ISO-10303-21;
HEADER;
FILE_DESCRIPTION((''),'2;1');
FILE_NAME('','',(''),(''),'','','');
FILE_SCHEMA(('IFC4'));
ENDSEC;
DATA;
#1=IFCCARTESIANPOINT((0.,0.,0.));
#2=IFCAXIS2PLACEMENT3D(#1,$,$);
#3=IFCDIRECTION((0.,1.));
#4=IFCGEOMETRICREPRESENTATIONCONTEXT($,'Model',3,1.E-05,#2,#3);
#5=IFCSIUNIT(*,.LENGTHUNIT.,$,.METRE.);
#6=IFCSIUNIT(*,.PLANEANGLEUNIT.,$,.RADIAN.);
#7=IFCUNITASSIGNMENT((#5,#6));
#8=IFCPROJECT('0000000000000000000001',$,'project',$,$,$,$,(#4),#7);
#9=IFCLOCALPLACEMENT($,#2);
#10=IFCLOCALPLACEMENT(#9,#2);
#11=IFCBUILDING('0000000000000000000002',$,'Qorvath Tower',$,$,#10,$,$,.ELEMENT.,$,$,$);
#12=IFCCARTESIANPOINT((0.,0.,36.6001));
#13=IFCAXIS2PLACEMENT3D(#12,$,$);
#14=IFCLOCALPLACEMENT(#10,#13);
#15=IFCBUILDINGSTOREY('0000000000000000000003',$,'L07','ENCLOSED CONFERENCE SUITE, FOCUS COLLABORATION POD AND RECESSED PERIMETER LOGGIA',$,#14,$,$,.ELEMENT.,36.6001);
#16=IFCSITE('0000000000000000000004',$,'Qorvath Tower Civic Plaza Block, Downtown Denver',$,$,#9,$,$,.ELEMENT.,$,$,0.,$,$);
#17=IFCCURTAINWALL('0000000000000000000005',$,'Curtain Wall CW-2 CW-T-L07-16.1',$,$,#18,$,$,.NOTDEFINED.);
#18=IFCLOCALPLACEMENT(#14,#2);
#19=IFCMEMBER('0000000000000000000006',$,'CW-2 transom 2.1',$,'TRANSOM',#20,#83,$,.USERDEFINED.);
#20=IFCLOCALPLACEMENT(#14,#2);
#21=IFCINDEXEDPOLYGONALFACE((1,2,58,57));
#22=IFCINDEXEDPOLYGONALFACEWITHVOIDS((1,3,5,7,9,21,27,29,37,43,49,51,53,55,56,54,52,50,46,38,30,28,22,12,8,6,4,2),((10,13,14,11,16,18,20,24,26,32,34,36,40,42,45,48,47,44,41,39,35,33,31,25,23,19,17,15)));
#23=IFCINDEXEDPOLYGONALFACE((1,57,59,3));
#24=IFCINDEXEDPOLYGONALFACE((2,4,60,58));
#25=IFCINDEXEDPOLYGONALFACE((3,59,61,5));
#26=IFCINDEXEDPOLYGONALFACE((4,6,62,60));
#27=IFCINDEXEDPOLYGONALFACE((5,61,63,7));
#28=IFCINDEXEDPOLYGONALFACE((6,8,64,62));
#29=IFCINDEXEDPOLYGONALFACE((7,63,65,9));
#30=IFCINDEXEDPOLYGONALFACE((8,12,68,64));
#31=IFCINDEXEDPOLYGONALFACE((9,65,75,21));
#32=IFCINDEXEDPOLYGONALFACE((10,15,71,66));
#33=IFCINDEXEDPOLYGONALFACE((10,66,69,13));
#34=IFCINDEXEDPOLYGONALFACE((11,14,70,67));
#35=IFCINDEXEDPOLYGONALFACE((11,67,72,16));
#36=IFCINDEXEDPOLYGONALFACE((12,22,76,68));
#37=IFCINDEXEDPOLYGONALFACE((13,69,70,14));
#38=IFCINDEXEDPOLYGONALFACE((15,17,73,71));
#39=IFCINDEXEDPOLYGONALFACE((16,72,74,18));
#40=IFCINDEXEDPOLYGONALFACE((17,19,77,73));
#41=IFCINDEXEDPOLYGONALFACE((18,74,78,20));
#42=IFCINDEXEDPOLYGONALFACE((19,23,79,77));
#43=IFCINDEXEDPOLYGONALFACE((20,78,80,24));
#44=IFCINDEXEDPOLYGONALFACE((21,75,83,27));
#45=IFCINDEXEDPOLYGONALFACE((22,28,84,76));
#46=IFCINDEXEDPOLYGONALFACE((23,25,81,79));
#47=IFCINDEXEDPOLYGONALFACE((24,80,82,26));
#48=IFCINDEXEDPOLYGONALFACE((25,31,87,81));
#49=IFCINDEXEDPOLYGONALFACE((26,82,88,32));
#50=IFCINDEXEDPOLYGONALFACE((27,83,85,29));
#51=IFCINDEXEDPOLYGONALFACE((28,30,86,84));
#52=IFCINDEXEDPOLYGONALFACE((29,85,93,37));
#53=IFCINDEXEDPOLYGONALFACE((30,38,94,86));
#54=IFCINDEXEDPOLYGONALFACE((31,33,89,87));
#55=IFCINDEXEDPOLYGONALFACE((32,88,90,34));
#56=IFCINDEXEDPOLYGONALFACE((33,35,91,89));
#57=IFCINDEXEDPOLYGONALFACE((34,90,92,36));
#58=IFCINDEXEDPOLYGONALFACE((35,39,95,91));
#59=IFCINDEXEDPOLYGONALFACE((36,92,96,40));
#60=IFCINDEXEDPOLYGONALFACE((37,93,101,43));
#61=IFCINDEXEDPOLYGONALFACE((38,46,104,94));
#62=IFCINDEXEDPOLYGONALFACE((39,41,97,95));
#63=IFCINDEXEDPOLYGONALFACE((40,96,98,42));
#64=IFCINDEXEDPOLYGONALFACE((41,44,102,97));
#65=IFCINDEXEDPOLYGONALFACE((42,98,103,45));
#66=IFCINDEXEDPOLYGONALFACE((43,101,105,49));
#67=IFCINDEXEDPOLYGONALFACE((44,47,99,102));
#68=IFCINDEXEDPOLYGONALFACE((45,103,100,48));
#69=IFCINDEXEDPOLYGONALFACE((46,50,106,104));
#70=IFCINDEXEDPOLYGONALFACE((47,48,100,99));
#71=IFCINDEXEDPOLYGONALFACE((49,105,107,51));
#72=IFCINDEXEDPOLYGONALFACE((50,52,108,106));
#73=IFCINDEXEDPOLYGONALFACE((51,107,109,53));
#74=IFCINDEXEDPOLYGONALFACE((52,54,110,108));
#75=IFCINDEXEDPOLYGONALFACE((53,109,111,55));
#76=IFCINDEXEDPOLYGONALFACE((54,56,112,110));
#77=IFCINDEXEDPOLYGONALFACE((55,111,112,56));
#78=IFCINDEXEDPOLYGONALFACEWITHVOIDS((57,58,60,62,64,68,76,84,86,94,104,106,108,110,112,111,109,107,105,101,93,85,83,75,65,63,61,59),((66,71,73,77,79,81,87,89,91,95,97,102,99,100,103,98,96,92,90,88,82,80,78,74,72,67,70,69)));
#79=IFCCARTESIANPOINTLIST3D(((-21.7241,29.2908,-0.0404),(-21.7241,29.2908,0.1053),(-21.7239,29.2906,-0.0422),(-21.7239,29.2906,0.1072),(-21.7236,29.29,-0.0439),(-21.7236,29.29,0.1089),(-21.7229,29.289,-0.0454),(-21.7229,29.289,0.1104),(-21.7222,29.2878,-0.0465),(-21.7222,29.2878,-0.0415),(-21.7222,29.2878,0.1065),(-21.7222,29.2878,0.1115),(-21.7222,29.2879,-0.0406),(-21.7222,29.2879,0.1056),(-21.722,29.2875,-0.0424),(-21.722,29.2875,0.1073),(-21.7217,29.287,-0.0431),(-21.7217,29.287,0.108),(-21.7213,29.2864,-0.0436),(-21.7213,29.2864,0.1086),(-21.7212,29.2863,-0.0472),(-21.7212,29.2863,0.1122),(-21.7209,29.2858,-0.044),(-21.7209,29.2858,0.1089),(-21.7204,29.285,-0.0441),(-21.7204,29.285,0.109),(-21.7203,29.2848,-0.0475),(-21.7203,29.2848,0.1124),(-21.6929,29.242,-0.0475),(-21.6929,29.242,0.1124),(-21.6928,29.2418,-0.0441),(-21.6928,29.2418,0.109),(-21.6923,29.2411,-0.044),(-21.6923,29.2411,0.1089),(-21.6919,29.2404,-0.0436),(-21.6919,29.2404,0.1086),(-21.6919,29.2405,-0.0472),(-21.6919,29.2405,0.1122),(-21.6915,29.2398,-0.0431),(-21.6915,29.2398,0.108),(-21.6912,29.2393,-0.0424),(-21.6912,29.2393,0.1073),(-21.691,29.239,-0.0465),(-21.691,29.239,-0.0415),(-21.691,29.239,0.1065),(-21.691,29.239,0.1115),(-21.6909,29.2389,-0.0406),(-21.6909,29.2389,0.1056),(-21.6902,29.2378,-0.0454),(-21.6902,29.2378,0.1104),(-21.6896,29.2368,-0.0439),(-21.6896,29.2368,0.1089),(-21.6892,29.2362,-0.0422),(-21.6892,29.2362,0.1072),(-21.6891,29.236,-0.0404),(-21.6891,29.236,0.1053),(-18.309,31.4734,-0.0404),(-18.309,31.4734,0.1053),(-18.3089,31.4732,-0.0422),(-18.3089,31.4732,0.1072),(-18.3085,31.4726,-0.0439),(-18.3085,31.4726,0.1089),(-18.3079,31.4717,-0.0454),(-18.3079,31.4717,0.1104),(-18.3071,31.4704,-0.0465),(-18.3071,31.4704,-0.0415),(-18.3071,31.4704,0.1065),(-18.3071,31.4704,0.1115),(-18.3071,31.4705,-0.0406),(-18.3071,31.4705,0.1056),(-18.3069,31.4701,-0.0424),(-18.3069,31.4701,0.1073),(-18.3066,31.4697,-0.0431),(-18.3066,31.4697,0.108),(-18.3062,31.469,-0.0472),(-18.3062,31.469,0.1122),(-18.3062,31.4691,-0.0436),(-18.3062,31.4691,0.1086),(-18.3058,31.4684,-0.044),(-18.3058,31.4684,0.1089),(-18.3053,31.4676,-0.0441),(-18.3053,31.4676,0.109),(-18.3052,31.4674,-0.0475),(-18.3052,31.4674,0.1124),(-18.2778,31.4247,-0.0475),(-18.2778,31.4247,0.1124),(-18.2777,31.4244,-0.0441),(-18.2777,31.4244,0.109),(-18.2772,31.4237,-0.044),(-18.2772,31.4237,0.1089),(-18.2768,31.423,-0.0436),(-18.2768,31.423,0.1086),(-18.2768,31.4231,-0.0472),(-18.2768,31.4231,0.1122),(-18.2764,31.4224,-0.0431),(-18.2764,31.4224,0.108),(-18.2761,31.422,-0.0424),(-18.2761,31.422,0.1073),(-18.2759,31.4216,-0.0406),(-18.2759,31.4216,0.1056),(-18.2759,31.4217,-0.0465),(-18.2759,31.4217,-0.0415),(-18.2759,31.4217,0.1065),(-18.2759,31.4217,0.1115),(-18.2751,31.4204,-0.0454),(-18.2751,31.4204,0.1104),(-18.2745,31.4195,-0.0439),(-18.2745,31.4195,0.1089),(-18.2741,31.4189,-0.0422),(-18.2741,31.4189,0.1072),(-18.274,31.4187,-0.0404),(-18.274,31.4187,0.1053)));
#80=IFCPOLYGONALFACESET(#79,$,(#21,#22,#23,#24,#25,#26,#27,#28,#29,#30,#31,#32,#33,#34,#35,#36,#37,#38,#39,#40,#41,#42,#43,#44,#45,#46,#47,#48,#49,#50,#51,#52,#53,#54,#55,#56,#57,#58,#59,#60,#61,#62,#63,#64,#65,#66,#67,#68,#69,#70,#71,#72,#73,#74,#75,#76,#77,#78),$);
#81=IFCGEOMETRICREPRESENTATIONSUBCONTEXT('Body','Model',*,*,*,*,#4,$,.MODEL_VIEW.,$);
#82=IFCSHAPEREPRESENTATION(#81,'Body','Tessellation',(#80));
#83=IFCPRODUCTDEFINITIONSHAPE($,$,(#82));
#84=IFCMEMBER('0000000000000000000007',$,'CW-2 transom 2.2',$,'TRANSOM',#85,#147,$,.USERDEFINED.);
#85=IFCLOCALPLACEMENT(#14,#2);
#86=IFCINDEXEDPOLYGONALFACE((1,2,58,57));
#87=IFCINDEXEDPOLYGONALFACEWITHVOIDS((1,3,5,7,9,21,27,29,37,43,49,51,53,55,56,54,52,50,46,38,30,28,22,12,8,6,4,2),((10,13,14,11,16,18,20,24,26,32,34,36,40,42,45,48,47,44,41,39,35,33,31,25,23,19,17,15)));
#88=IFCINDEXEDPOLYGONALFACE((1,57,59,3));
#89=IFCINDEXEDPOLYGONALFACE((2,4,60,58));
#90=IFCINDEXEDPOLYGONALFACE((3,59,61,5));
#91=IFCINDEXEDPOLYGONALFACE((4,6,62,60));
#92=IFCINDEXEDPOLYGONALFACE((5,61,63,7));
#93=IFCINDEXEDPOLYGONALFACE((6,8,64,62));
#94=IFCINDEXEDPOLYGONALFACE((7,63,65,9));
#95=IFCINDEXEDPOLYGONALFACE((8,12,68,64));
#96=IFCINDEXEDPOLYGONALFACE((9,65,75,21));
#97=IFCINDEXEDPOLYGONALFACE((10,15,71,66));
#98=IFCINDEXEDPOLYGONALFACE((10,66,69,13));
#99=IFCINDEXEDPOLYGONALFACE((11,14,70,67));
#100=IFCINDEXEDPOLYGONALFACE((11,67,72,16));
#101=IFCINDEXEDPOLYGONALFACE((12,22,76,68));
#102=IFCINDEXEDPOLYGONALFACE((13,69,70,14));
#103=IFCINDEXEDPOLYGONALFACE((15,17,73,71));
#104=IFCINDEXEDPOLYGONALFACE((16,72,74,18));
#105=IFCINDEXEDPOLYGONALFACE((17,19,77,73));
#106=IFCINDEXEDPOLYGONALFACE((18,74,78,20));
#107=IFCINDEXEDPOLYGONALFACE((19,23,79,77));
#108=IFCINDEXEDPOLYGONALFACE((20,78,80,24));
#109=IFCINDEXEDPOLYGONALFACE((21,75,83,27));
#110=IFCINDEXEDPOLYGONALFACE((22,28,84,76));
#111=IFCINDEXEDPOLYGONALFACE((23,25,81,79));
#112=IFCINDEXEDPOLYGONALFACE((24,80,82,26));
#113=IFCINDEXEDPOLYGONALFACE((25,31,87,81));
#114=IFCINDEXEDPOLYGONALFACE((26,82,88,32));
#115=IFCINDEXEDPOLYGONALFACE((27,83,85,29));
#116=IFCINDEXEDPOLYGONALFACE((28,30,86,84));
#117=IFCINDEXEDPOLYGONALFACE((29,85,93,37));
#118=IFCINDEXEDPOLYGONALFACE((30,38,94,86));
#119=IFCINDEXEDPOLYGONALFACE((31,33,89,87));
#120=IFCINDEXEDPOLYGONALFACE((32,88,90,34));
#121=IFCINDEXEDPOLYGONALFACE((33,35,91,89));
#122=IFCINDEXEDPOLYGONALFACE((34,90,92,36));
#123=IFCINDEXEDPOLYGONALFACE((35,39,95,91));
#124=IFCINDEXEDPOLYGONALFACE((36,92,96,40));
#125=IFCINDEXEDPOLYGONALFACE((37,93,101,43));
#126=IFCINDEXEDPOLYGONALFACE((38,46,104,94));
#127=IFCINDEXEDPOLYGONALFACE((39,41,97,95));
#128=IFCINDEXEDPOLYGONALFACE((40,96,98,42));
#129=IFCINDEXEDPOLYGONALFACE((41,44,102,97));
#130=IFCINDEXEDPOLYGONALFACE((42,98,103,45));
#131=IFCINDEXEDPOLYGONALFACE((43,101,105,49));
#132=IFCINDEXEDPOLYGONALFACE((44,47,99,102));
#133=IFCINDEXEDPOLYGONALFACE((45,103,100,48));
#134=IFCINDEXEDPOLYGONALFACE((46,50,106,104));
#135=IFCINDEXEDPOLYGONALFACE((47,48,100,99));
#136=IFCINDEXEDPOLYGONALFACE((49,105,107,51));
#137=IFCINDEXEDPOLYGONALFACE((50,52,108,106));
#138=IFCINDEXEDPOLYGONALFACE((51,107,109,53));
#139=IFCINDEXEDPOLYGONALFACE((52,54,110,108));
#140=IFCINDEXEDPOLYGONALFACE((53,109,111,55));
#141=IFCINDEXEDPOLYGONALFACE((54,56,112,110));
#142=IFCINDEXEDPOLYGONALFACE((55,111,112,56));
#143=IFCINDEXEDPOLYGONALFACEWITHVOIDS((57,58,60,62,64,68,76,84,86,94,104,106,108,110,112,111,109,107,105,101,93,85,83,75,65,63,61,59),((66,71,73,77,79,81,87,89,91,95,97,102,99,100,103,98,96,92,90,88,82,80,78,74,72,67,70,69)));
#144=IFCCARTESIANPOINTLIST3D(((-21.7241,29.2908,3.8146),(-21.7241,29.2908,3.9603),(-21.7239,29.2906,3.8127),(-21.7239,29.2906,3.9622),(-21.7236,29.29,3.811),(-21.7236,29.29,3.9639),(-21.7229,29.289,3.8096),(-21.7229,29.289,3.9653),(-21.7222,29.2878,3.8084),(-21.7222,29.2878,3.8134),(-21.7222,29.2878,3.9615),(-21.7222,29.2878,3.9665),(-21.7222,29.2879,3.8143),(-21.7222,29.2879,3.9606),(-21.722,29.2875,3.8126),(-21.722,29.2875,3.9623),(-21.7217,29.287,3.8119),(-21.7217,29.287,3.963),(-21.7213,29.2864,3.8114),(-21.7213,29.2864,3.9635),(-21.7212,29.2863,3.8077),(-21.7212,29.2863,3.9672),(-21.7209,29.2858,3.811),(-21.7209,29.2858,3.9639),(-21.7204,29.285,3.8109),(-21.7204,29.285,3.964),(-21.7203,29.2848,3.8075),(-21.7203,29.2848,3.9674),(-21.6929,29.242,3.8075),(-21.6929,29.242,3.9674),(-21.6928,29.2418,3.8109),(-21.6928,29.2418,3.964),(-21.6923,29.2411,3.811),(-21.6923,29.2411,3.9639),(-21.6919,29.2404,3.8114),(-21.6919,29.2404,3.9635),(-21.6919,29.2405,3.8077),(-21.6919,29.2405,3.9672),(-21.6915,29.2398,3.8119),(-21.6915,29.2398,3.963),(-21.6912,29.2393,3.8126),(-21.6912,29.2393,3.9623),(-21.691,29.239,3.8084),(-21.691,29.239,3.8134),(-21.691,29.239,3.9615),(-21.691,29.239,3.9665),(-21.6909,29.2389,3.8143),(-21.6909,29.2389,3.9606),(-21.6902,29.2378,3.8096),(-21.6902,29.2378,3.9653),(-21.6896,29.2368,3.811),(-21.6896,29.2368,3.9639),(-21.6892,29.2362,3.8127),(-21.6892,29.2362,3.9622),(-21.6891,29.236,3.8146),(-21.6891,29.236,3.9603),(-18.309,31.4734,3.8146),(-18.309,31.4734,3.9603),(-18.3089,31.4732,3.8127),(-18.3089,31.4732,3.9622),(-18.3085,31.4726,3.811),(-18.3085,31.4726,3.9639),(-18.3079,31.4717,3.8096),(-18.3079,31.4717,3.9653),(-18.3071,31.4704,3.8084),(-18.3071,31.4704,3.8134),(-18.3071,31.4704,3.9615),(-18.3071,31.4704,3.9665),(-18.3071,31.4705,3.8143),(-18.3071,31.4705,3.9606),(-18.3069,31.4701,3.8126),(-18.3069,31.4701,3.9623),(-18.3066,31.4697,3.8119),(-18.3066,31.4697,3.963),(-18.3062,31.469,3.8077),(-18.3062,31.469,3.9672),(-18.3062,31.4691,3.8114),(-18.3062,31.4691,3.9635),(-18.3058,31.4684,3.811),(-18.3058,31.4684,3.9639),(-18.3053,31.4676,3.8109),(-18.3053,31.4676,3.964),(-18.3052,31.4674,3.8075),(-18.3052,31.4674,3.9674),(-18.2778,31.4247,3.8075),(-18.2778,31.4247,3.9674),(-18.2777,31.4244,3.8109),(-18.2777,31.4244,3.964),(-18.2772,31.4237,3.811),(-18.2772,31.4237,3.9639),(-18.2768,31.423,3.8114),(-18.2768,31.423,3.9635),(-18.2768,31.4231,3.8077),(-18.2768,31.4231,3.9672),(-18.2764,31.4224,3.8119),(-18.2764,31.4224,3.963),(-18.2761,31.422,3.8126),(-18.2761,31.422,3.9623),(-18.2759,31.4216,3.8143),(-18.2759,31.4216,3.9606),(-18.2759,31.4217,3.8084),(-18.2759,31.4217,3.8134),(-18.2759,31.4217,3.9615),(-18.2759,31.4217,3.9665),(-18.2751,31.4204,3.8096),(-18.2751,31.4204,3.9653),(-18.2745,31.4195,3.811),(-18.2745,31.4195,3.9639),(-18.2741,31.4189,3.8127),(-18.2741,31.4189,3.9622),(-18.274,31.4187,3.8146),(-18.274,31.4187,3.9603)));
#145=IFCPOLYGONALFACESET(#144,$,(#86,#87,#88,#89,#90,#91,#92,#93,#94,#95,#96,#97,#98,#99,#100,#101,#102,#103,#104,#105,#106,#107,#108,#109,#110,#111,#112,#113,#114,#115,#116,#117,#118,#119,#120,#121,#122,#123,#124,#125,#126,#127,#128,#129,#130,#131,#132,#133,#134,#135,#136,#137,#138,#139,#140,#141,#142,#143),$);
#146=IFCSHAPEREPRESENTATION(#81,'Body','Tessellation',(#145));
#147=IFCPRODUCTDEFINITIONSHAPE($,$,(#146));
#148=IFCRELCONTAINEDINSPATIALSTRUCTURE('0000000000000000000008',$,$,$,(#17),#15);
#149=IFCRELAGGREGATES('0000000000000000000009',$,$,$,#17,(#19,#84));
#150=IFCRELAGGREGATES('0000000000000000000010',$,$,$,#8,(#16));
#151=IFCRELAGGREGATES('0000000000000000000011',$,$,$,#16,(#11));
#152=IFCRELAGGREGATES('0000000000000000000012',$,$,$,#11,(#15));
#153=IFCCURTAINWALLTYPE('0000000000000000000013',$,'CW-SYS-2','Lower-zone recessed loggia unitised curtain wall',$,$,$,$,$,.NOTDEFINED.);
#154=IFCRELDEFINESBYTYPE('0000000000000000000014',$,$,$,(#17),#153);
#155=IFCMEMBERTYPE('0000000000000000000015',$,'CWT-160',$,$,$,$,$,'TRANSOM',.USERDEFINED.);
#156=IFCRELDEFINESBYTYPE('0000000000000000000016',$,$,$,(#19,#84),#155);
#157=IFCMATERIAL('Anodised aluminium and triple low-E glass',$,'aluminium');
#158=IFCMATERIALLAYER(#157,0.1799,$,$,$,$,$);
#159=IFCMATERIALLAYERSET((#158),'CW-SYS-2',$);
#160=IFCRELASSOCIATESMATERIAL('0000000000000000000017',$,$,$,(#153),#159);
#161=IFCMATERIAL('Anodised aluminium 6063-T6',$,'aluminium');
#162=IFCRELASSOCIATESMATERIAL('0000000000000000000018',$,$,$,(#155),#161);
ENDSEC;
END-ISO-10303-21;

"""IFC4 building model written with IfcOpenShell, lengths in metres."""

from ifc_helpers import new_model, si_unit, direction, frame, origin, origin_2d, place, context, subcontext, project, spatial, hollow_rectangle, extrude, material, layer, layer_set, material_profile, profile_set, type_object, element, aggregate, save


model = new_model("IFC4")

# Units and contexts
model_context = context("Model", 3, precision=1e-05, world=origin(), true_north=direction((0.0, 1.0)))
body_context = subcontext(model_context, "Body", "Model", "MODEL_VIEW")
ifc_project = project(units=[si_unit("LENGTHUNIT", "METRE"), si_unit("PLANEANGLEUNIT", "RADIAN")], contexts=[model_context])

# Site, building, storey
site_placement = place(None, origin())
site = spatial("IfcSite", under=ifc_project, at=site_placement, Name="Qorvath Tower Civic Plaza Block, Downtown Denver", CompositionType="ELEMENT", RefElevation=0.0)
building_placement = place(site_placement, origin())
building = spatial("IfcBuilding", under=site, at=building_placement, Name="Qorvath Tower", CompositionType="ELEMENT")
storey_placement = place(building_placement, frame((0.0, 0.0, 36.6001)))
storey = spatial("IfcBuildingStorey", under=building, at=storey_placement, Name="L07", Description="ENCLOSED CONFERENCE SUITE, FOCUS COLLABORATION POD AND RECESSED PERIMETER LOGGIA", CompositionType="ELEMENT", Elevation=36.6001)

# Shared definitions
ifc_material_1 = material(Name="Anodised aluminium and triple low-E glass", Category="aluminium")
ifc_layer_1 = layer(ifc_material_1, 0.1799)
ifc_layer_set_1 = layer_set([ifc_layer_1], Name="CW-SYS-2")
curtain_wall_type = type_object("IfcCurtainWallType", Name="CW-SYS-2", Description="Lower-zone recessed loggia unitised curtain wall", PredefinedType="NOTDEFINED", material=ifc_layer_set_1)

# Curtain wall, members
curtain_wall_1_placement = place(storey_placement, origin())
curtain_wall_1 = element("IfcCurtainWall", 1, at=curtain_wall_1_placement, inside=storey, type_object=curtain_wall_type, Name="Curtain Wall CW-2 CW-T-L07-16.1", PredefinedType="NOTDEFINED")
ifc_material_2 = material(Name="Anodised aluminium 6063-T6", Category="aluminium")
ifc_material_profile_1 = material_profile(ifc_material_2, hollow_rectangle(XDim=0.0649, YDim=0.1599, WallThickness=0.0034, InnerFilletRadius=0.0034, OuterFilletRadius=0.0071, at=origin_2d()), Name="CWT 160x65")
ifc_profile_set_1 = profile_set([ifc_material_profile_1], Name="Anodised aluminium 6063-T6")
member_type_1 = type_object("IfcMemberType", Name="CWT-160", ElementType="TRANSOM", PredefinedType="USERDEFINED", material=ifc_profile_set_1)
member_1_placement = place(storey_placement, frame((-18.2915, 31.446, 0.0325), z_axis=(-0.842608, -0.538527, 0.0), x_axis=(0.538527, -0.842608, 0.0)))
member_1 = element("IfcMember", 2, at=member_1_placement, type_object=member_type_1, Name="CW-2 transom 2.1", ObjectType="TRANSOM", PredefinedType="USERDEFINED", context=body_context, shape_type="SweptSolid", body=[
    extrude(hollow_rectangle(XDim=0.0649, YDim=0.1599, WallThickness=0.0034, InnerFilletRadius=0.0034, OuterFilletRadius=0.0071, at=origin_2d()), origin(), (0.0, 0.0, 1.0), 4.053),
])
member_2_placement = place(storey_placement, frame((-18.2915, 31.446, 3.8875), z_axis=(-0.842608, -0.538527, 0.0), x_axis=(0.538527, -0.842608, 0.0)))
member_2 = element("IfcMember", 3, at=member_2_placement, type_object=member_type_1, Name="CW-2 transom 2.2", ObjectType="TRANSOM", PredefinedType="USERDEFINED", context=body_context, shape_type="SweptSolid", body=[
    extrude(hollow_rectangle(XDim=0.0649, YDim=0.1599, WallThickness=0.0034, InnerFilletRadius=0.0034, OuterFilletRadius=0.0071, at=origin_2d()), origin(), (0.0, 0.0, 1.0), 4.053),
])

aggregate(curtain_wall_1, [member_1, member_2])

save(model, "model.ifc")
